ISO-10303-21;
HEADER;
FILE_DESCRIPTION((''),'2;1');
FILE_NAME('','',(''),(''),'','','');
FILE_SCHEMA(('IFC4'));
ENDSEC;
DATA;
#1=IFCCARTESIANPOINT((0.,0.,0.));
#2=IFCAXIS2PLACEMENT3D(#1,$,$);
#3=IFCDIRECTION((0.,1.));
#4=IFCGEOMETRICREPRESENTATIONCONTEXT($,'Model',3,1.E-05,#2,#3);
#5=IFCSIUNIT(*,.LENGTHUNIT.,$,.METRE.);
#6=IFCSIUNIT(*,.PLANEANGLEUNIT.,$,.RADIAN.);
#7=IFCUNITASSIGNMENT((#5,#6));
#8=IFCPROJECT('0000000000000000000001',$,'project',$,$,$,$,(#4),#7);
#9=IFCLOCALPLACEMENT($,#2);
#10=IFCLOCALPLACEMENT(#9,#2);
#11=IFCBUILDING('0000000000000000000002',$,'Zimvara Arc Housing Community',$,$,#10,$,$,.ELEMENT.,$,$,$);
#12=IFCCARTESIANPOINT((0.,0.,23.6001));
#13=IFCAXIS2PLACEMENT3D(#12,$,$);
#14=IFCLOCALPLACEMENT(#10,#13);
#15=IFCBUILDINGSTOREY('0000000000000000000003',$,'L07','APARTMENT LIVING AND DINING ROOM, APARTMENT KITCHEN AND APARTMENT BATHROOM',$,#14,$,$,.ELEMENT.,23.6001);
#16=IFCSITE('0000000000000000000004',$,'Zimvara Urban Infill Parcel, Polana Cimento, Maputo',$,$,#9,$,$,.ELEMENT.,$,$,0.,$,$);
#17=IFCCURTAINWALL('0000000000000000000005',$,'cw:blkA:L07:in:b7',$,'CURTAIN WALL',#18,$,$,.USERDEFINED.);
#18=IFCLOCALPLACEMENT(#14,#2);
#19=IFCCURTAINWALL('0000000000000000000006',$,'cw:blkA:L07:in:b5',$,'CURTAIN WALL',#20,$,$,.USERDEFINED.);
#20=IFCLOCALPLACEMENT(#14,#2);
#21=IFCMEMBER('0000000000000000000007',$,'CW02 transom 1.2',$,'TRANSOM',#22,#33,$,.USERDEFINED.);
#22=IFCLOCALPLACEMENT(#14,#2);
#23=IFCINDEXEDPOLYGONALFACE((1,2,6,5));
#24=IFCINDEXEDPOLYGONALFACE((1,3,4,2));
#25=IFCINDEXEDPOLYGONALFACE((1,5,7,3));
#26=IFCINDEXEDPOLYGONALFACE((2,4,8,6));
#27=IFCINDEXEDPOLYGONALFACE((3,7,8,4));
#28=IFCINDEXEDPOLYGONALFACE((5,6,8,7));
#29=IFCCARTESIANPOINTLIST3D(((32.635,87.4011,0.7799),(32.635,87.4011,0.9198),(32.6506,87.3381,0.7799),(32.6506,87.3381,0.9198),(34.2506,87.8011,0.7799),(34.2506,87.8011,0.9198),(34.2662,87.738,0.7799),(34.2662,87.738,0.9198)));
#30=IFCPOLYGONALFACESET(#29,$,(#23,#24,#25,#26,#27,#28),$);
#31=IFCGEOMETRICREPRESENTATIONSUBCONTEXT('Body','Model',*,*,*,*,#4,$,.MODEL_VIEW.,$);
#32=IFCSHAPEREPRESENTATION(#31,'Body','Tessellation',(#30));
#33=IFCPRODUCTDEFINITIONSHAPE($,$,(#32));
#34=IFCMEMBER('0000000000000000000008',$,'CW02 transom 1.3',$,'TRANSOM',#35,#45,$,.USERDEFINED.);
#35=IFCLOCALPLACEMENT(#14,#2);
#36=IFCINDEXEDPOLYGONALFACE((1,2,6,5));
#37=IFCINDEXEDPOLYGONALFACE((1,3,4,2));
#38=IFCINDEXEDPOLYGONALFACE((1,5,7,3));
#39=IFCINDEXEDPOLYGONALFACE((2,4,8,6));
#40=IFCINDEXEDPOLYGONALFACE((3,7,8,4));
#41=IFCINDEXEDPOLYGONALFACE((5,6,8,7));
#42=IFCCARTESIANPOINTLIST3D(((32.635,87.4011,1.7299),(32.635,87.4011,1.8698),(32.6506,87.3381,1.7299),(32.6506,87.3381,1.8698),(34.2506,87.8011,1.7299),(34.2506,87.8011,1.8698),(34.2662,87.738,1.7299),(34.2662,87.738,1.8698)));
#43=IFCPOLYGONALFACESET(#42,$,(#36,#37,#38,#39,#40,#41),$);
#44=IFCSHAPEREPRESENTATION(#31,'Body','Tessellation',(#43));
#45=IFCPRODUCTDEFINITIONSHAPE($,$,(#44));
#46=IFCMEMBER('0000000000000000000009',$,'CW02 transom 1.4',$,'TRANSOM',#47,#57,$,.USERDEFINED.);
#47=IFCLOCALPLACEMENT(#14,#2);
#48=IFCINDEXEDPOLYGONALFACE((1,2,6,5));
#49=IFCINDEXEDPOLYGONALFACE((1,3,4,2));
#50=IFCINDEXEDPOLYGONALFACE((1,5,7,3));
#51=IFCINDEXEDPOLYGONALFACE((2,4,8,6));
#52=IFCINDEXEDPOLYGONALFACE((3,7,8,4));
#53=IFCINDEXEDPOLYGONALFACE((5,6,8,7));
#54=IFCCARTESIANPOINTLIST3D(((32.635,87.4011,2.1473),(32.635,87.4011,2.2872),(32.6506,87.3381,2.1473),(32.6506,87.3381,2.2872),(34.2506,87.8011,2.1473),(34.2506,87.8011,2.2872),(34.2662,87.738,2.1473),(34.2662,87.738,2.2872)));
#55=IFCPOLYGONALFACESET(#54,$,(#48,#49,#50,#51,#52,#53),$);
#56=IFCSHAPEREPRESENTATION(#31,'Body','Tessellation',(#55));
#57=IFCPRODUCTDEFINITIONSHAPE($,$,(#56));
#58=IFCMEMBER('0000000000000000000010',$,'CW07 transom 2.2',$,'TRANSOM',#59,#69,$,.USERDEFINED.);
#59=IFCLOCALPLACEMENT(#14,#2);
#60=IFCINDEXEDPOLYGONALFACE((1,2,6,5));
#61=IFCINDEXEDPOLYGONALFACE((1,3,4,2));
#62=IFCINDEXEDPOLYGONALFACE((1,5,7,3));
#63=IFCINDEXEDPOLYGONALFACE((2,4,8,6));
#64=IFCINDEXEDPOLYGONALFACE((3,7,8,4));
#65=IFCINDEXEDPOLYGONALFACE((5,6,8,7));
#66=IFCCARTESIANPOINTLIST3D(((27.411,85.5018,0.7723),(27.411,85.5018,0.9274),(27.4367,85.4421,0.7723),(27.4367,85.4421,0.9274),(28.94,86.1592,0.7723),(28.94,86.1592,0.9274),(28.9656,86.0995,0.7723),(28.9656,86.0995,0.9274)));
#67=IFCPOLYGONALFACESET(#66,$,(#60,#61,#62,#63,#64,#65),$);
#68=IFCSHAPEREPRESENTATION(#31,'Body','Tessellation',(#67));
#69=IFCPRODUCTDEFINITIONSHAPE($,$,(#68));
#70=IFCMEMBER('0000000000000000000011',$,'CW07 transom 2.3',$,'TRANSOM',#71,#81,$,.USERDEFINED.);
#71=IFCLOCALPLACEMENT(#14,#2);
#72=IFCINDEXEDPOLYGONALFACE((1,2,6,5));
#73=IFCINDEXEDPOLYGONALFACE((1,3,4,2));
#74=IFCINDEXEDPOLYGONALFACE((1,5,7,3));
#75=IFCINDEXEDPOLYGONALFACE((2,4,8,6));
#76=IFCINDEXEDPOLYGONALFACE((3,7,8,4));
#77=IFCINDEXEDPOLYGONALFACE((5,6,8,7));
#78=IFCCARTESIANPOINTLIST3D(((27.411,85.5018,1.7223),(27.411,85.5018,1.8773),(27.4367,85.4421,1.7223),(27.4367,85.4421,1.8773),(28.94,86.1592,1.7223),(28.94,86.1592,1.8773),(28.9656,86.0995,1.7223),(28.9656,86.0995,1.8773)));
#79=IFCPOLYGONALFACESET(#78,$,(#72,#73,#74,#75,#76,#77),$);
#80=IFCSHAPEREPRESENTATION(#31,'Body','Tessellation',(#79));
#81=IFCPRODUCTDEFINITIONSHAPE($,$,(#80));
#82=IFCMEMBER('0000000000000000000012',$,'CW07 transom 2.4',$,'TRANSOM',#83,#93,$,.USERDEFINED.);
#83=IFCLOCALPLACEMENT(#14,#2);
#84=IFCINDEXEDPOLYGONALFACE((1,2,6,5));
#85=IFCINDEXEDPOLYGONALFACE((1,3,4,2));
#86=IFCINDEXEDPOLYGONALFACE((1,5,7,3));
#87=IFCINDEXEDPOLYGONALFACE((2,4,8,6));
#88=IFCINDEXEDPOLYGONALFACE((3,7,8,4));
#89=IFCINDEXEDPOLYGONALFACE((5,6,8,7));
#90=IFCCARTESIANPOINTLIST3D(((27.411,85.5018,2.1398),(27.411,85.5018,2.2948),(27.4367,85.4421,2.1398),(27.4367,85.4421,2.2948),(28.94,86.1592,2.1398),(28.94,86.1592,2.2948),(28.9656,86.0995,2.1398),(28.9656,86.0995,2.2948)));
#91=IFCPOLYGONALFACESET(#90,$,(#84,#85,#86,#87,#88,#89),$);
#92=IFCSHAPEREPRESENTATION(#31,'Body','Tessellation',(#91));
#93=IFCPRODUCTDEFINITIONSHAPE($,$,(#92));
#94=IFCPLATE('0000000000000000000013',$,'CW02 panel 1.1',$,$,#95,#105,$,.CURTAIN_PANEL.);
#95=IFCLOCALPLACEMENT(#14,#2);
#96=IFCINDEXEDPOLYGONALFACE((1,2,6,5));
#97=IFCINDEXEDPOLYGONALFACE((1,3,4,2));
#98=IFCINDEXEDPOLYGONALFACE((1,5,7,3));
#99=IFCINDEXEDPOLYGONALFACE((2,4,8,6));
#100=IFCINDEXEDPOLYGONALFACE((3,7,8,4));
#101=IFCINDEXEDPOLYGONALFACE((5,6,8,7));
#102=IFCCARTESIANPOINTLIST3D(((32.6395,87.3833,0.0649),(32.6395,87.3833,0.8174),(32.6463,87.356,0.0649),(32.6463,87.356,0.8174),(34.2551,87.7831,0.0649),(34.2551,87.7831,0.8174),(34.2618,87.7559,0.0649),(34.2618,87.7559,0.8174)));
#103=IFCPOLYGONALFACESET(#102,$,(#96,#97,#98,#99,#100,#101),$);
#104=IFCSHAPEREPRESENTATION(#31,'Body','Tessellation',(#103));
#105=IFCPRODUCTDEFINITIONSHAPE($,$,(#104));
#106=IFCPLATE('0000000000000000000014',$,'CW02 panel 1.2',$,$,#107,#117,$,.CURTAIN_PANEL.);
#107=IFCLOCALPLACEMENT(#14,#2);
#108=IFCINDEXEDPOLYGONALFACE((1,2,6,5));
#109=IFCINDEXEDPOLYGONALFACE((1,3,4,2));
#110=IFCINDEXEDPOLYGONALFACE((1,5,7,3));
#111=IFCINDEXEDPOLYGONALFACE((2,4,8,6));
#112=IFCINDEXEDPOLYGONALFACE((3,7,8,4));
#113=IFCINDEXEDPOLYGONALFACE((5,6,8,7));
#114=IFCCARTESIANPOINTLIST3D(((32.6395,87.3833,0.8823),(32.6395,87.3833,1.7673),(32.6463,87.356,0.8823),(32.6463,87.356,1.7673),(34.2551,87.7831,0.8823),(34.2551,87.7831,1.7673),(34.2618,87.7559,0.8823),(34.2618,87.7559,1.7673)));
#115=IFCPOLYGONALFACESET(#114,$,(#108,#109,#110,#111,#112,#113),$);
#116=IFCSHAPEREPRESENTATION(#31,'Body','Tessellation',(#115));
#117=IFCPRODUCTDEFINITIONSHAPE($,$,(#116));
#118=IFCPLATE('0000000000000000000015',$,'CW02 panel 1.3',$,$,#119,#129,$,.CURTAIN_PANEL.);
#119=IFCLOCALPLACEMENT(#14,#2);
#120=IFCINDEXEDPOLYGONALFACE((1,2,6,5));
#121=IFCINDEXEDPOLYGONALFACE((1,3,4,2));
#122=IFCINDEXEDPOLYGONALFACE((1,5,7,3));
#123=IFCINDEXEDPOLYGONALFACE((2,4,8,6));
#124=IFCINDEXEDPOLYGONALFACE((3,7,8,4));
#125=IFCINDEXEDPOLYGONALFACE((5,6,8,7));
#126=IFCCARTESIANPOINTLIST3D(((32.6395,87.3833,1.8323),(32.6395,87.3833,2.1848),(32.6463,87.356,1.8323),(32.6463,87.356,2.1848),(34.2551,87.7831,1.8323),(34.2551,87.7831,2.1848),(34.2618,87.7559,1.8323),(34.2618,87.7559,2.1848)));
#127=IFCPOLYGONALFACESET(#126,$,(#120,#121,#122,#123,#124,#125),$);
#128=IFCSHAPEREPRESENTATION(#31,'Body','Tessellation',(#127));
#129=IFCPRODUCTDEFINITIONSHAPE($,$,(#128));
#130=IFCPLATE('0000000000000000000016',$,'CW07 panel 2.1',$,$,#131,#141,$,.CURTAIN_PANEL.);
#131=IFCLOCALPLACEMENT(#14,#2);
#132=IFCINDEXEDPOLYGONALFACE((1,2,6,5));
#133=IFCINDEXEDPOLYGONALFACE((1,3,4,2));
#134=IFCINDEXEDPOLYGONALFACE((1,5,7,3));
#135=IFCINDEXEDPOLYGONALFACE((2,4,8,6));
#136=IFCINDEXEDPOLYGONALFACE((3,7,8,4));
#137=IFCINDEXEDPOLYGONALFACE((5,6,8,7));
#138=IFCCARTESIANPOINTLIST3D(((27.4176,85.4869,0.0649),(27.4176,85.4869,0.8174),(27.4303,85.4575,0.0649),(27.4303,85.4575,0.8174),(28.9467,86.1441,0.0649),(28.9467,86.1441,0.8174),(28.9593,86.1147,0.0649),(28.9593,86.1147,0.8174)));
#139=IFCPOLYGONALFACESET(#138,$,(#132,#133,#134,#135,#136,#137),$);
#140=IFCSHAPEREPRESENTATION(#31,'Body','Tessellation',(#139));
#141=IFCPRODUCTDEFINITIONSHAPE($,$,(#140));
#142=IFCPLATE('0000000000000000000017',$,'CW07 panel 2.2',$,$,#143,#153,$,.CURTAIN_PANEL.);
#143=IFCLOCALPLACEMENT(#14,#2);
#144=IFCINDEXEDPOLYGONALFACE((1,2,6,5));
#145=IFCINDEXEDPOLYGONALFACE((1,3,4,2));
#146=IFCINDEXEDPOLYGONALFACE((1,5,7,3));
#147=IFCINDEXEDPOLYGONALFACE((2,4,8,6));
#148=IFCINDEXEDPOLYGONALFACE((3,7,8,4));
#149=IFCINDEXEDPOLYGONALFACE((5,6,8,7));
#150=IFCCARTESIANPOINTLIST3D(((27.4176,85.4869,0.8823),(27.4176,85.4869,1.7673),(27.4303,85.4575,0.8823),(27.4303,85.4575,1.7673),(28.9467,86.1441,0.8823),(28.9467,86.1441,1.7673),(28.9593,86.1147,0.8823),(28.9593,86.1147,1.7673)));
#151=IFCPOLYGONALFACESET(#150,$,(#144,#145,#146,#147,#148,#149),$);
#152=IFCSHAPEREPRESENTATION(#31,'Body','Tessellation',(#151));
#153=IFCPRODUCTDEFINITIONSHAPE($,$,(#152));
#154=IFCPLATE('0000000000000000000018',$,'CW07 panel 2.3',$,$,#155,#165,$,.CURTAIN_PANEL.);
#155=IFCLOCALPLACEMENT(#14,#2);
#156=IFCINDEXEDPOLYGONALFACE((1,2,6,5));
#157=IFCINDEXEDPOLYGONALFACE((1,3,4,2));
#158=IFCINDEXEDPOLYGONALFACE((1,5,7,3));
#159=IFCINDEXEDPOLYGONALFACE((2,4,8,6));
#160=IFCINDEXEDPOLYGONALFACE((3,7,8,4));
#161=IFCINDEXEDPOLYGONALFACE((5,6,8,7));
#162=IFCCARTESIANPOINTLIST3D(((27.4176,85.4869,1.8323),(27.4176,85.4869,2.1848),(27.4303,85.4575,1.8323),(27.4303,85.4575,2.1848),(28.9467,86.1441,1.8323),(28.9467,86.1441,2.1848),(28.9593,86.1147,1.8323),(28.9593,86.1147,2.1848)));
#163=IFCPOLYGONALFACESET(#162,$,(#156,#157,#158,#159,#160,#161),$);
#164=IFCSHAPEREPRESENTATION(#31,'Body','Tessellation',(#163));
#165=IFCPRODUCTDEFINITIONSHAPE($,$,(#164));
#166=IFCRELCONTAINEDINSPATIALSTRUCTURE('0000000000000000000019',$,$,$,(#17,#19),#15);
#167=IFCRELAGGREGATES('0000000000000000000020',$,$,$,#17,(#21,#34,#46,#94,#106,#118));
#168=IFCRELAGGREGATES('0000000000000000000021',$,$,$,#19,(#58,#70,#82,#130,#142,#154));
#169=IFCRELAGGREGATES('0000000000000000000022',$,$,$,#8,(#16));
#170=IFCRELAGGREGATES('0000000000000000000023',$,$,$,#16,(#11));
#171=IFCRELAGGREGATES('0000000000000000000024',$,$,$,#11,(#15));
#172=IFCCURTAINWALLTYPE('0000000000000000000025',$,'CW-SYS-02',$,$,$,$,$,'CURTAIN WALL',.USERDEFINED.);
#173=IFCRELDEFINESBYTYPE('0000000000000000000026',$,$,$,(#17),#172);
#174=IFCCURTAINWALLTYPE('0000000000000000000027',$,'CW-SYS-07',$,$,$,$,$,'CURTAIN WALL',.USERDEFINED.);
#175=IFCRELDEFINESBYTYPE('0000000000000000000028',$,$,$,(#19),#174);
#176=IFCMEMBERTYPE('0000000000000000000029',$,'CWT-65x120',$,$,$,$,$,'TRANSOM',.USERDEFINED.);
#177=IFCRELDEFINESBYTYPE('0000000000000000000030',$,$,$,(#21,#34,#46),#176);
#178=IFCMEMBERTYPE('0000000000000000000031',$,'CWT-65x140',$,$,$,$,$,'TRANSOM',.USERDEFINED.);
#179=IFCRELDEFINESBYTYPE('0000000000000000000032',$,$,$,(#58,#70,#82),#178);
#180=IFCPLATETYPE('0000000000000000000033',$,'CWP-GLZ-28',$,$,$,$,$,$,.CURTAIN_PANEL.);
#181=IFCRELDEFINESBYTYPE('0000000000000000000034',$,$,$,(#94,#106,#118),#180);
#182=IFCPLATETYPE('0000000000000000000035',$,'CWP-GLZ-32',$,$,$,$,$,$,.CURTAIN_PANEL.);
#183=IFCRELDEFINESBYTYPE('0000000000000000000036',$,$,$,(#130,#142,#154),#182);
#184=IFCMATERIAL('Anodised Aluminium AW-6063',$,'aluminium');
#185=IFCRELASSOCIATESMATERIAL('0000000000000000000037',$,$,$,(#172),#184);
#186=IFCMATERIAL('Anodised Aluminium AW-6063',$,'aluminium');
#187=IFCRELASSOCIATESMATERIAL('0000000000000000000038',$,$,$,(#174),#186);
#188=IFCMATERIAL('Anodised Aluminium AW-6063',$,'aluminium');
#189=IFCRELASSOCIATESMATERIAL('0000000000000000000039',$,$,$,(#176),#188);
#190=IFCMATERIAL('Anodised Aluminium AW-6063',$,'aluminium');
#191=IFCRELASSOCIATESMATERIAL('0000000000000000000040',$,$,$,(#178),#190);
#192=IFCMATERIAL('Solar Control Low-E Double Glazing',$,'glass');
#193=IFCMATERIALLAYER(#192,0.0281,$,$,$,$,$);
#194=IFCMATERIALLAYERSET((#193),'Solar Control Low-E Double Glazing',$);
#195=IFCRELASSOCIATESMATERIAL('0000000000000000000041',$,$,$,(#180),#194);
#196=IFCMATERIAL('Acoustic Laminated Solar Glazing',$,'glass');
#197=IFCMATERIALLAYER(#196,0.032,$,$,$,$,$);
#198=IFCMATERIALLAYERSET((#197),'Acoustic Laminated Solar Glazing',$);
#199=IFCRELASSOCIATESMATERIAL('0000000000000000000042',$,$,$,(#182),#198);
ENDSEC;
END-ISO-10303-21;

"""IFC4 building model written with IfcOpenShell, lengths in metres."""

from ifc_helpers import new_model, si_unit, direction, frame, origin, origin_2d, place, context, subcontext, project, spatial, rectangle, extrude, material, layer, layer_set, material_profile, profile_set, type_object, element, aggregate, save


model = new_model("IFC4")

# Units and contexts
model_context = context("Model", 3, precision=1e-05, world=origin(), true_north=direction((0.0, 1.0)))
body_context = subcontext(model_context, "Body", "Model", "MODEL_VIEW")
ifc_project = project(units=[si_unit("LENGTHUNIT", "METRE"), si_unit("PLANEANGLEUNIT", "RADIAN")], contexts=[model_context])

# Site, building, storey
site_placement = place(None, origin())
site = spatial("IfcSite", under=ifc_project, at=site_placement, Name="Zimvara Urban Infill Parcel, Polana Cimento, Maputo", CompositionType="ELEMENT", RefElevation=0.0)
building_placement = place(site_placement, origin())
building = spatial("IfcBuilding", under=site, at=building_placement, Name="Zimvara Arc Housing Community", CompositionType="ELEMENT")
storey_placement = place(building_placement, frame((0.0, 0.0, 23.6001)))
storey = spatial("IfcBuildingStorey", under=building, at=storey_placement, Name="L07", Description="APARTMENT LIVING AND DINING ROOM, APARTMENT KITCHEN AND APARTMENT BATHROOM", CompositionType="ELEMENT", Elevation=23.6001)

# Curtain wall
ifc_material_1 = material(Name="Anodised Aluminium AW-6063", Category="aluminium")
curtain_wall_type_1 = type_object("IfcCurtainWallType", Name="CW-SYS-02", ElementType="CURTAIN WALL", PredefinedType="USERDEFINED", material=ifc_material_1)
curtain_wall_1_placement = place(storey_placement, origin())
curtain_wall_1 = element("IfcCurtainWall", 1, at=curtain_wall_1_placement, inside=storey, type_object=curtain_wall_type_1, Name="cw:blkA:L07:in:b7", ObjectType="CURTAIN WALL", PredefinedType="USERDEFINED")

# Curtain wall
ifc_material_2 = material(Name="Anodised Aluminium AW-6063", Category="aluminium")
curtain_wall_type_2 = type_object("IfcCurtainWallType", Name="CW-SYS-07", ElementType="CURTAIN WALL", PredefinedType="USERDEFINED", material=ifc_material_2)
curtain_wall_2_placement = place(storey_placement, origin())
curtain_wall_2 = element("IfcCurtainWall", 2, at=curtain_wall_2_placement, inside=storey, type_object=curtain_wall_type_2, Name="cw:blkA:L07:in:b5", ObjectType="CURTAIN WALL", PredefinedType="USERDEFINED")

# Members
ifc_material_3 = material(Name="Anodised Aluminium AW-6063", Category="aluminium")
ifc_material_profile_1 = material_profile(ifc_material_3, rectangle(XDim=0.0649, YDim=0.1399, at=origin_2d()), Name="ALU 65x140")
ifc_profile_set_1 = profile_set([ifc_material_profile_1], Name="Anodised Aluminium AW-6063")
member_type_1 = type_object("IfcMemberType", Name="CWT-65x120", ElementType="TRANSOM", PredefinedType="USERDEFINED", material=ifc_profile_set_1)
member_1_placement = place(storey_placement, frame((32.6428, 87.3696, 0.8499), z_axis=(0.970701, 0.240291, 0.0), x_axis=(-0.240291, 0.970701, 0.0)))
member_1 = element("IfcMember", 3, at=member_1_placement, type_object=member_type_1, Name="CW02 transom 1.2", ObjectType="TRANSOM", PredefinedType="USERDEFINED", context=body_context, shape_type="SweptSolid", body=[
    extrude(rectangle(XDim=0.0649, YDim=0.1399, at=origin_2d()), origin(), (0.0, 0.0, 1.0), 1.6643),
])
member_2_placement = place(storey_placement, frame((32.6428, 87.3696, 1.7998), z_axis=(0.970701, 0.240291, 0.0), x_axis=(-0.240291, 0.970701, 0.0)))
member_2 = element("IfcMember", 4, at=member_2_placement, type_object=member_type_1, Name="CW02 transom 1.3", ObjectType="TRANSOM", PredefinedType="USERDEFINED", context=body_context, shape_type="SweptSolid", body=[
    extrude(rectangle(XDim=0.0649, YDim=0.1399, at=origin_2d()), origin(), (0.0, 0.0, 1.0), 1.6643),
])
member_3_placement = place(storey_placement, frame((32.6428, 87.3696, 2.2173), z_axis=(0.970701, 0.240291, 0.0), x_axis=(-0.240291, 0.970701, 0.0)))
member_3 = element("IfcMember", 5, at=member_3_placement, type_object=member_type_1, Name="CW02 transom 1.4", ObjectType="TRANSOM", PredefinedType="USERDEFINED", context=body_context, shape_type="SweptSolid", body=[
    extrude(rectangle(XDim=0.0649, YDim=0.1399, at=origin_2d()), origin(), (0.0, 0.0, 1.0), 1.6643),
])
ifc_material_4 = material(Name="Anodised Aluminium AW-6063", Category="aluminium")
ifc_material_profile_2 = material_profile(ifc_material_4, rectangle(XDim=0.0649, YDim=0.155, at=origin_2d()), Name="ALU 65x155")
ifc_profile_set_2 = profile_set([ifc_material_profile_2], Name="Anodised Aluminium AW-6063")
member_type_2 = type_object("IfcMemberType", Name="CWT-65x140", ElementType="TRANSOM", PredefinedType="USERDEFINED", material=ifc_profile_set_2)
member_4_placement = place(storey_placement, frame((27.4238, 85.4719, 0.8499), z_axis=(0.918674, 0.395017, 0.0), x_axis=(-0.395017, 0.918674, 0.0)))
member_4 = element("IfcMember", 6, at=member_4_placement, type_object=member_type_2, Name="CW07 transom 2.2", ObjectType="TRANSOM", PredefinedType="USERDEFINED", context=body_context, shape_type="SweptSolid", body=[
    extrude(rectangle(XDim=0.0649, YDim=0.155, at=origin_2d()), origin(), (0.0, 0.0, 1.0), 1.6643),
])
member_5_placement = place(storey_placement, frame((27.4238, 85.4719, 1.7998), z_axis=(0.918674, 0.395017, 0.0), x_axis=(-0.395017, 0.918674, 0.0)))
member_5 = element("IfcMember", 7, at=member_5_placement, type_object=member_type_2, Name="CW07 transom 2.3", ObjectType="TRANSOM", PredefinedType="USERDEFINED", context=body_context, shape_type="SweptSolid", body=[
    extrude(rectangle(XDim=0.0649, YDim=0.155, at=origin_2d()), origin(), (0.0, 0.0, 1.0), 1.6643),
])
member_6_placement = place(storey_placement, frame((27.4238, 85.4719, 2.2173), z_axis=(0.918674, 0.395017, 0.0), x_axis=(-0.395017, 0.918674, 0.0)))
member_6 = element("IfcMember", 8, at=member_6_placement, type_object=member_type_2, Name="CW07 transom 2.4", ObjectType="TRANSOM", PredefinedType="USERDEFINED", context=body_context, shape_type="SweptSolid", body=[
    extrude(rectangle(XDim=0.0649, YDim=0.155, at=origin_2d()), origin(), (0.0, 0.0, 1.0), 1.6643),
])

# Plates
ifc_material_5 = material(Name="Solar Control Low-E Double Glazing", Category="glass")
ifc_layer_1 = layer(ifc_material_5, 0.0281)
ifc_layer_set_1 = layer_set([ifc_layer_1], Name="Solar Control Low-E Double Glazing")
plate_type_1 = type_object("IfcPlateType", Name="CWP-GLZ-28", PredefinedType="CURTAIN_PANEL", material=ifc_layer_set_1)
plate_1_placement = place(storey_placement, frame((33.4507, 87.5696, 0.0649), z_axis=(0.0, 0.0, 1.0), x_axis=(0.970717, 0.240228, 0.0)))
plate_1 = element("IfcPlate", 9, at=plate_1_placement, type_object=plate_type_1, Name="CW02 panel 1.1", PredefinedType="CURTAIN_PANEL", context=body_context, shape_type="SweptSolid", body=[
    extrude(rectangle(XDim=1.6643, YDim=0.0281, at=origin_2d()), origin(), (0.0, 0.0, 1.0), 0.7524),
])
plate_2_placement = place(storey_placement, frame((33.4507, 87.5696, 0.8823), z_axis=(0.0, 0.0, 1.0), x_axis=(0.970717, 0.240228, 0.0)))
plate_2 = element("IfcPlate", 10, at=plate_2_placement, type_object=plate_type_1, Name="CW02 panel 1.2", PredefinedType="CURTAIN_PANEL", context=body_context, shape_type="SweptSolid", body=[
    extrude(rectangle(XDim=1.6643, YDim=0.0281, at=origin_2d()), origin(), (0.0, 0.0, 1.0), 0.885),
])
plate_3_placement = place(storey_placement, frame((33.4507, 87.5696, 1.8323), z_axis=(0.0, 0.0, 1.0), x_axis=(0.970717, 0.240228, 0.0)))
plate_3 = element("IfcPlate", 11, at=plate_3_placement, type_object=plate_type_1, Name="CW02 panel 1.3", PredefinedType="CURTAIN_PANEL", context=body_context, shape_type="SweptSolid", body=[
    extrude(rectangle(XDim=1.6643, YDim=0.0281, at=origin_2d()), origin(), (0.0, 0.0, 1.0), 0.3525),
])
aggregate(curtain_wall_1, [member_1, member_2, member_3, plate_1, plate_2, plate_3])
ifc_material_6 = material(Name="Acoustic Laminated Solar Glazing", Category="glass")
ifc_layer_2 = layer(ifc_material_6, 0.032)
ifc_layer_set_2 = layer_set([ifc_layer_2], Name="Acoustic Laminated Solar Glazing")
plate_type_2 = type_object("IfcPlateType", Name="CWP-GLZ-32", PredefinedType="CURTAIN_PANEL", material=ifc_layer_set_2)
plate_4_placement = place(storey_placement, frame((28.1885, 85.8008, 0.0649), z_axis=(0.0, 0.0, 1.0), x_axis=(0.918722, 0.394904, 0.0)))
plate_4 = element("IfcPlate", 12, at=plate_4_placement, type_object=plate_type_2, Name="CW07 panel 2.1", PredefinedType="CURTAIN_PANEL", context=body_context, shape_type="SweptSolid", body=[
    extrude(rectangle(XDim=1.6643, YDim=0.032, at=origin_2d()), origin(), (0.0, 0.0, 1.0), 0.7524),
])
plate_5_placement = place(storey_placement, frame((28.1885, 85.8008, 0.8823), z_axis=(0.0, 0.0, 1.0), x_axis=(0.918722, 0.394904, 0.0)))
plate_5 = element("IfcPlate", 13, at=plate_5_placement, type_object=plate_type_2, Name="CW07 panel 2.2", PredefinedType="CURTAIN_PANEL", context=body_context, shape_type="SweptSolid", body=[
    extrude(rectangle(XDim=1.6643, YDim=0.032, at=origin_2d()), origin(), (0.0, 0.0, 1.0), 0.885),
])
plate_6_placement = place(storey_placement, frame((28.1885, 85.8008, 1.8323), z_axis=(0.0, 0.0, 1.0), x_axis=(0.918722, 0.394904, 0.0)))
plate_6 = element("IfcPlate", 14, at=plate_6_placement, type_object=plate_type_2, Name="CW07 panel 2.3", PredefinedType="CURTAIN_PANEL", context=body_context, shape_type="SweptSolid", body=[
    extrude(rectangle(XDim=1.6643, YDim=0.032, at=origin_2d()), origin(), (0.0, 0.0, 1.0), 0.3525),
])
aggregate(curtain_wall_2, [member_4, member_5, member_6, plate_4, plate_5, plate_6])

save(model, "model.ifc")
